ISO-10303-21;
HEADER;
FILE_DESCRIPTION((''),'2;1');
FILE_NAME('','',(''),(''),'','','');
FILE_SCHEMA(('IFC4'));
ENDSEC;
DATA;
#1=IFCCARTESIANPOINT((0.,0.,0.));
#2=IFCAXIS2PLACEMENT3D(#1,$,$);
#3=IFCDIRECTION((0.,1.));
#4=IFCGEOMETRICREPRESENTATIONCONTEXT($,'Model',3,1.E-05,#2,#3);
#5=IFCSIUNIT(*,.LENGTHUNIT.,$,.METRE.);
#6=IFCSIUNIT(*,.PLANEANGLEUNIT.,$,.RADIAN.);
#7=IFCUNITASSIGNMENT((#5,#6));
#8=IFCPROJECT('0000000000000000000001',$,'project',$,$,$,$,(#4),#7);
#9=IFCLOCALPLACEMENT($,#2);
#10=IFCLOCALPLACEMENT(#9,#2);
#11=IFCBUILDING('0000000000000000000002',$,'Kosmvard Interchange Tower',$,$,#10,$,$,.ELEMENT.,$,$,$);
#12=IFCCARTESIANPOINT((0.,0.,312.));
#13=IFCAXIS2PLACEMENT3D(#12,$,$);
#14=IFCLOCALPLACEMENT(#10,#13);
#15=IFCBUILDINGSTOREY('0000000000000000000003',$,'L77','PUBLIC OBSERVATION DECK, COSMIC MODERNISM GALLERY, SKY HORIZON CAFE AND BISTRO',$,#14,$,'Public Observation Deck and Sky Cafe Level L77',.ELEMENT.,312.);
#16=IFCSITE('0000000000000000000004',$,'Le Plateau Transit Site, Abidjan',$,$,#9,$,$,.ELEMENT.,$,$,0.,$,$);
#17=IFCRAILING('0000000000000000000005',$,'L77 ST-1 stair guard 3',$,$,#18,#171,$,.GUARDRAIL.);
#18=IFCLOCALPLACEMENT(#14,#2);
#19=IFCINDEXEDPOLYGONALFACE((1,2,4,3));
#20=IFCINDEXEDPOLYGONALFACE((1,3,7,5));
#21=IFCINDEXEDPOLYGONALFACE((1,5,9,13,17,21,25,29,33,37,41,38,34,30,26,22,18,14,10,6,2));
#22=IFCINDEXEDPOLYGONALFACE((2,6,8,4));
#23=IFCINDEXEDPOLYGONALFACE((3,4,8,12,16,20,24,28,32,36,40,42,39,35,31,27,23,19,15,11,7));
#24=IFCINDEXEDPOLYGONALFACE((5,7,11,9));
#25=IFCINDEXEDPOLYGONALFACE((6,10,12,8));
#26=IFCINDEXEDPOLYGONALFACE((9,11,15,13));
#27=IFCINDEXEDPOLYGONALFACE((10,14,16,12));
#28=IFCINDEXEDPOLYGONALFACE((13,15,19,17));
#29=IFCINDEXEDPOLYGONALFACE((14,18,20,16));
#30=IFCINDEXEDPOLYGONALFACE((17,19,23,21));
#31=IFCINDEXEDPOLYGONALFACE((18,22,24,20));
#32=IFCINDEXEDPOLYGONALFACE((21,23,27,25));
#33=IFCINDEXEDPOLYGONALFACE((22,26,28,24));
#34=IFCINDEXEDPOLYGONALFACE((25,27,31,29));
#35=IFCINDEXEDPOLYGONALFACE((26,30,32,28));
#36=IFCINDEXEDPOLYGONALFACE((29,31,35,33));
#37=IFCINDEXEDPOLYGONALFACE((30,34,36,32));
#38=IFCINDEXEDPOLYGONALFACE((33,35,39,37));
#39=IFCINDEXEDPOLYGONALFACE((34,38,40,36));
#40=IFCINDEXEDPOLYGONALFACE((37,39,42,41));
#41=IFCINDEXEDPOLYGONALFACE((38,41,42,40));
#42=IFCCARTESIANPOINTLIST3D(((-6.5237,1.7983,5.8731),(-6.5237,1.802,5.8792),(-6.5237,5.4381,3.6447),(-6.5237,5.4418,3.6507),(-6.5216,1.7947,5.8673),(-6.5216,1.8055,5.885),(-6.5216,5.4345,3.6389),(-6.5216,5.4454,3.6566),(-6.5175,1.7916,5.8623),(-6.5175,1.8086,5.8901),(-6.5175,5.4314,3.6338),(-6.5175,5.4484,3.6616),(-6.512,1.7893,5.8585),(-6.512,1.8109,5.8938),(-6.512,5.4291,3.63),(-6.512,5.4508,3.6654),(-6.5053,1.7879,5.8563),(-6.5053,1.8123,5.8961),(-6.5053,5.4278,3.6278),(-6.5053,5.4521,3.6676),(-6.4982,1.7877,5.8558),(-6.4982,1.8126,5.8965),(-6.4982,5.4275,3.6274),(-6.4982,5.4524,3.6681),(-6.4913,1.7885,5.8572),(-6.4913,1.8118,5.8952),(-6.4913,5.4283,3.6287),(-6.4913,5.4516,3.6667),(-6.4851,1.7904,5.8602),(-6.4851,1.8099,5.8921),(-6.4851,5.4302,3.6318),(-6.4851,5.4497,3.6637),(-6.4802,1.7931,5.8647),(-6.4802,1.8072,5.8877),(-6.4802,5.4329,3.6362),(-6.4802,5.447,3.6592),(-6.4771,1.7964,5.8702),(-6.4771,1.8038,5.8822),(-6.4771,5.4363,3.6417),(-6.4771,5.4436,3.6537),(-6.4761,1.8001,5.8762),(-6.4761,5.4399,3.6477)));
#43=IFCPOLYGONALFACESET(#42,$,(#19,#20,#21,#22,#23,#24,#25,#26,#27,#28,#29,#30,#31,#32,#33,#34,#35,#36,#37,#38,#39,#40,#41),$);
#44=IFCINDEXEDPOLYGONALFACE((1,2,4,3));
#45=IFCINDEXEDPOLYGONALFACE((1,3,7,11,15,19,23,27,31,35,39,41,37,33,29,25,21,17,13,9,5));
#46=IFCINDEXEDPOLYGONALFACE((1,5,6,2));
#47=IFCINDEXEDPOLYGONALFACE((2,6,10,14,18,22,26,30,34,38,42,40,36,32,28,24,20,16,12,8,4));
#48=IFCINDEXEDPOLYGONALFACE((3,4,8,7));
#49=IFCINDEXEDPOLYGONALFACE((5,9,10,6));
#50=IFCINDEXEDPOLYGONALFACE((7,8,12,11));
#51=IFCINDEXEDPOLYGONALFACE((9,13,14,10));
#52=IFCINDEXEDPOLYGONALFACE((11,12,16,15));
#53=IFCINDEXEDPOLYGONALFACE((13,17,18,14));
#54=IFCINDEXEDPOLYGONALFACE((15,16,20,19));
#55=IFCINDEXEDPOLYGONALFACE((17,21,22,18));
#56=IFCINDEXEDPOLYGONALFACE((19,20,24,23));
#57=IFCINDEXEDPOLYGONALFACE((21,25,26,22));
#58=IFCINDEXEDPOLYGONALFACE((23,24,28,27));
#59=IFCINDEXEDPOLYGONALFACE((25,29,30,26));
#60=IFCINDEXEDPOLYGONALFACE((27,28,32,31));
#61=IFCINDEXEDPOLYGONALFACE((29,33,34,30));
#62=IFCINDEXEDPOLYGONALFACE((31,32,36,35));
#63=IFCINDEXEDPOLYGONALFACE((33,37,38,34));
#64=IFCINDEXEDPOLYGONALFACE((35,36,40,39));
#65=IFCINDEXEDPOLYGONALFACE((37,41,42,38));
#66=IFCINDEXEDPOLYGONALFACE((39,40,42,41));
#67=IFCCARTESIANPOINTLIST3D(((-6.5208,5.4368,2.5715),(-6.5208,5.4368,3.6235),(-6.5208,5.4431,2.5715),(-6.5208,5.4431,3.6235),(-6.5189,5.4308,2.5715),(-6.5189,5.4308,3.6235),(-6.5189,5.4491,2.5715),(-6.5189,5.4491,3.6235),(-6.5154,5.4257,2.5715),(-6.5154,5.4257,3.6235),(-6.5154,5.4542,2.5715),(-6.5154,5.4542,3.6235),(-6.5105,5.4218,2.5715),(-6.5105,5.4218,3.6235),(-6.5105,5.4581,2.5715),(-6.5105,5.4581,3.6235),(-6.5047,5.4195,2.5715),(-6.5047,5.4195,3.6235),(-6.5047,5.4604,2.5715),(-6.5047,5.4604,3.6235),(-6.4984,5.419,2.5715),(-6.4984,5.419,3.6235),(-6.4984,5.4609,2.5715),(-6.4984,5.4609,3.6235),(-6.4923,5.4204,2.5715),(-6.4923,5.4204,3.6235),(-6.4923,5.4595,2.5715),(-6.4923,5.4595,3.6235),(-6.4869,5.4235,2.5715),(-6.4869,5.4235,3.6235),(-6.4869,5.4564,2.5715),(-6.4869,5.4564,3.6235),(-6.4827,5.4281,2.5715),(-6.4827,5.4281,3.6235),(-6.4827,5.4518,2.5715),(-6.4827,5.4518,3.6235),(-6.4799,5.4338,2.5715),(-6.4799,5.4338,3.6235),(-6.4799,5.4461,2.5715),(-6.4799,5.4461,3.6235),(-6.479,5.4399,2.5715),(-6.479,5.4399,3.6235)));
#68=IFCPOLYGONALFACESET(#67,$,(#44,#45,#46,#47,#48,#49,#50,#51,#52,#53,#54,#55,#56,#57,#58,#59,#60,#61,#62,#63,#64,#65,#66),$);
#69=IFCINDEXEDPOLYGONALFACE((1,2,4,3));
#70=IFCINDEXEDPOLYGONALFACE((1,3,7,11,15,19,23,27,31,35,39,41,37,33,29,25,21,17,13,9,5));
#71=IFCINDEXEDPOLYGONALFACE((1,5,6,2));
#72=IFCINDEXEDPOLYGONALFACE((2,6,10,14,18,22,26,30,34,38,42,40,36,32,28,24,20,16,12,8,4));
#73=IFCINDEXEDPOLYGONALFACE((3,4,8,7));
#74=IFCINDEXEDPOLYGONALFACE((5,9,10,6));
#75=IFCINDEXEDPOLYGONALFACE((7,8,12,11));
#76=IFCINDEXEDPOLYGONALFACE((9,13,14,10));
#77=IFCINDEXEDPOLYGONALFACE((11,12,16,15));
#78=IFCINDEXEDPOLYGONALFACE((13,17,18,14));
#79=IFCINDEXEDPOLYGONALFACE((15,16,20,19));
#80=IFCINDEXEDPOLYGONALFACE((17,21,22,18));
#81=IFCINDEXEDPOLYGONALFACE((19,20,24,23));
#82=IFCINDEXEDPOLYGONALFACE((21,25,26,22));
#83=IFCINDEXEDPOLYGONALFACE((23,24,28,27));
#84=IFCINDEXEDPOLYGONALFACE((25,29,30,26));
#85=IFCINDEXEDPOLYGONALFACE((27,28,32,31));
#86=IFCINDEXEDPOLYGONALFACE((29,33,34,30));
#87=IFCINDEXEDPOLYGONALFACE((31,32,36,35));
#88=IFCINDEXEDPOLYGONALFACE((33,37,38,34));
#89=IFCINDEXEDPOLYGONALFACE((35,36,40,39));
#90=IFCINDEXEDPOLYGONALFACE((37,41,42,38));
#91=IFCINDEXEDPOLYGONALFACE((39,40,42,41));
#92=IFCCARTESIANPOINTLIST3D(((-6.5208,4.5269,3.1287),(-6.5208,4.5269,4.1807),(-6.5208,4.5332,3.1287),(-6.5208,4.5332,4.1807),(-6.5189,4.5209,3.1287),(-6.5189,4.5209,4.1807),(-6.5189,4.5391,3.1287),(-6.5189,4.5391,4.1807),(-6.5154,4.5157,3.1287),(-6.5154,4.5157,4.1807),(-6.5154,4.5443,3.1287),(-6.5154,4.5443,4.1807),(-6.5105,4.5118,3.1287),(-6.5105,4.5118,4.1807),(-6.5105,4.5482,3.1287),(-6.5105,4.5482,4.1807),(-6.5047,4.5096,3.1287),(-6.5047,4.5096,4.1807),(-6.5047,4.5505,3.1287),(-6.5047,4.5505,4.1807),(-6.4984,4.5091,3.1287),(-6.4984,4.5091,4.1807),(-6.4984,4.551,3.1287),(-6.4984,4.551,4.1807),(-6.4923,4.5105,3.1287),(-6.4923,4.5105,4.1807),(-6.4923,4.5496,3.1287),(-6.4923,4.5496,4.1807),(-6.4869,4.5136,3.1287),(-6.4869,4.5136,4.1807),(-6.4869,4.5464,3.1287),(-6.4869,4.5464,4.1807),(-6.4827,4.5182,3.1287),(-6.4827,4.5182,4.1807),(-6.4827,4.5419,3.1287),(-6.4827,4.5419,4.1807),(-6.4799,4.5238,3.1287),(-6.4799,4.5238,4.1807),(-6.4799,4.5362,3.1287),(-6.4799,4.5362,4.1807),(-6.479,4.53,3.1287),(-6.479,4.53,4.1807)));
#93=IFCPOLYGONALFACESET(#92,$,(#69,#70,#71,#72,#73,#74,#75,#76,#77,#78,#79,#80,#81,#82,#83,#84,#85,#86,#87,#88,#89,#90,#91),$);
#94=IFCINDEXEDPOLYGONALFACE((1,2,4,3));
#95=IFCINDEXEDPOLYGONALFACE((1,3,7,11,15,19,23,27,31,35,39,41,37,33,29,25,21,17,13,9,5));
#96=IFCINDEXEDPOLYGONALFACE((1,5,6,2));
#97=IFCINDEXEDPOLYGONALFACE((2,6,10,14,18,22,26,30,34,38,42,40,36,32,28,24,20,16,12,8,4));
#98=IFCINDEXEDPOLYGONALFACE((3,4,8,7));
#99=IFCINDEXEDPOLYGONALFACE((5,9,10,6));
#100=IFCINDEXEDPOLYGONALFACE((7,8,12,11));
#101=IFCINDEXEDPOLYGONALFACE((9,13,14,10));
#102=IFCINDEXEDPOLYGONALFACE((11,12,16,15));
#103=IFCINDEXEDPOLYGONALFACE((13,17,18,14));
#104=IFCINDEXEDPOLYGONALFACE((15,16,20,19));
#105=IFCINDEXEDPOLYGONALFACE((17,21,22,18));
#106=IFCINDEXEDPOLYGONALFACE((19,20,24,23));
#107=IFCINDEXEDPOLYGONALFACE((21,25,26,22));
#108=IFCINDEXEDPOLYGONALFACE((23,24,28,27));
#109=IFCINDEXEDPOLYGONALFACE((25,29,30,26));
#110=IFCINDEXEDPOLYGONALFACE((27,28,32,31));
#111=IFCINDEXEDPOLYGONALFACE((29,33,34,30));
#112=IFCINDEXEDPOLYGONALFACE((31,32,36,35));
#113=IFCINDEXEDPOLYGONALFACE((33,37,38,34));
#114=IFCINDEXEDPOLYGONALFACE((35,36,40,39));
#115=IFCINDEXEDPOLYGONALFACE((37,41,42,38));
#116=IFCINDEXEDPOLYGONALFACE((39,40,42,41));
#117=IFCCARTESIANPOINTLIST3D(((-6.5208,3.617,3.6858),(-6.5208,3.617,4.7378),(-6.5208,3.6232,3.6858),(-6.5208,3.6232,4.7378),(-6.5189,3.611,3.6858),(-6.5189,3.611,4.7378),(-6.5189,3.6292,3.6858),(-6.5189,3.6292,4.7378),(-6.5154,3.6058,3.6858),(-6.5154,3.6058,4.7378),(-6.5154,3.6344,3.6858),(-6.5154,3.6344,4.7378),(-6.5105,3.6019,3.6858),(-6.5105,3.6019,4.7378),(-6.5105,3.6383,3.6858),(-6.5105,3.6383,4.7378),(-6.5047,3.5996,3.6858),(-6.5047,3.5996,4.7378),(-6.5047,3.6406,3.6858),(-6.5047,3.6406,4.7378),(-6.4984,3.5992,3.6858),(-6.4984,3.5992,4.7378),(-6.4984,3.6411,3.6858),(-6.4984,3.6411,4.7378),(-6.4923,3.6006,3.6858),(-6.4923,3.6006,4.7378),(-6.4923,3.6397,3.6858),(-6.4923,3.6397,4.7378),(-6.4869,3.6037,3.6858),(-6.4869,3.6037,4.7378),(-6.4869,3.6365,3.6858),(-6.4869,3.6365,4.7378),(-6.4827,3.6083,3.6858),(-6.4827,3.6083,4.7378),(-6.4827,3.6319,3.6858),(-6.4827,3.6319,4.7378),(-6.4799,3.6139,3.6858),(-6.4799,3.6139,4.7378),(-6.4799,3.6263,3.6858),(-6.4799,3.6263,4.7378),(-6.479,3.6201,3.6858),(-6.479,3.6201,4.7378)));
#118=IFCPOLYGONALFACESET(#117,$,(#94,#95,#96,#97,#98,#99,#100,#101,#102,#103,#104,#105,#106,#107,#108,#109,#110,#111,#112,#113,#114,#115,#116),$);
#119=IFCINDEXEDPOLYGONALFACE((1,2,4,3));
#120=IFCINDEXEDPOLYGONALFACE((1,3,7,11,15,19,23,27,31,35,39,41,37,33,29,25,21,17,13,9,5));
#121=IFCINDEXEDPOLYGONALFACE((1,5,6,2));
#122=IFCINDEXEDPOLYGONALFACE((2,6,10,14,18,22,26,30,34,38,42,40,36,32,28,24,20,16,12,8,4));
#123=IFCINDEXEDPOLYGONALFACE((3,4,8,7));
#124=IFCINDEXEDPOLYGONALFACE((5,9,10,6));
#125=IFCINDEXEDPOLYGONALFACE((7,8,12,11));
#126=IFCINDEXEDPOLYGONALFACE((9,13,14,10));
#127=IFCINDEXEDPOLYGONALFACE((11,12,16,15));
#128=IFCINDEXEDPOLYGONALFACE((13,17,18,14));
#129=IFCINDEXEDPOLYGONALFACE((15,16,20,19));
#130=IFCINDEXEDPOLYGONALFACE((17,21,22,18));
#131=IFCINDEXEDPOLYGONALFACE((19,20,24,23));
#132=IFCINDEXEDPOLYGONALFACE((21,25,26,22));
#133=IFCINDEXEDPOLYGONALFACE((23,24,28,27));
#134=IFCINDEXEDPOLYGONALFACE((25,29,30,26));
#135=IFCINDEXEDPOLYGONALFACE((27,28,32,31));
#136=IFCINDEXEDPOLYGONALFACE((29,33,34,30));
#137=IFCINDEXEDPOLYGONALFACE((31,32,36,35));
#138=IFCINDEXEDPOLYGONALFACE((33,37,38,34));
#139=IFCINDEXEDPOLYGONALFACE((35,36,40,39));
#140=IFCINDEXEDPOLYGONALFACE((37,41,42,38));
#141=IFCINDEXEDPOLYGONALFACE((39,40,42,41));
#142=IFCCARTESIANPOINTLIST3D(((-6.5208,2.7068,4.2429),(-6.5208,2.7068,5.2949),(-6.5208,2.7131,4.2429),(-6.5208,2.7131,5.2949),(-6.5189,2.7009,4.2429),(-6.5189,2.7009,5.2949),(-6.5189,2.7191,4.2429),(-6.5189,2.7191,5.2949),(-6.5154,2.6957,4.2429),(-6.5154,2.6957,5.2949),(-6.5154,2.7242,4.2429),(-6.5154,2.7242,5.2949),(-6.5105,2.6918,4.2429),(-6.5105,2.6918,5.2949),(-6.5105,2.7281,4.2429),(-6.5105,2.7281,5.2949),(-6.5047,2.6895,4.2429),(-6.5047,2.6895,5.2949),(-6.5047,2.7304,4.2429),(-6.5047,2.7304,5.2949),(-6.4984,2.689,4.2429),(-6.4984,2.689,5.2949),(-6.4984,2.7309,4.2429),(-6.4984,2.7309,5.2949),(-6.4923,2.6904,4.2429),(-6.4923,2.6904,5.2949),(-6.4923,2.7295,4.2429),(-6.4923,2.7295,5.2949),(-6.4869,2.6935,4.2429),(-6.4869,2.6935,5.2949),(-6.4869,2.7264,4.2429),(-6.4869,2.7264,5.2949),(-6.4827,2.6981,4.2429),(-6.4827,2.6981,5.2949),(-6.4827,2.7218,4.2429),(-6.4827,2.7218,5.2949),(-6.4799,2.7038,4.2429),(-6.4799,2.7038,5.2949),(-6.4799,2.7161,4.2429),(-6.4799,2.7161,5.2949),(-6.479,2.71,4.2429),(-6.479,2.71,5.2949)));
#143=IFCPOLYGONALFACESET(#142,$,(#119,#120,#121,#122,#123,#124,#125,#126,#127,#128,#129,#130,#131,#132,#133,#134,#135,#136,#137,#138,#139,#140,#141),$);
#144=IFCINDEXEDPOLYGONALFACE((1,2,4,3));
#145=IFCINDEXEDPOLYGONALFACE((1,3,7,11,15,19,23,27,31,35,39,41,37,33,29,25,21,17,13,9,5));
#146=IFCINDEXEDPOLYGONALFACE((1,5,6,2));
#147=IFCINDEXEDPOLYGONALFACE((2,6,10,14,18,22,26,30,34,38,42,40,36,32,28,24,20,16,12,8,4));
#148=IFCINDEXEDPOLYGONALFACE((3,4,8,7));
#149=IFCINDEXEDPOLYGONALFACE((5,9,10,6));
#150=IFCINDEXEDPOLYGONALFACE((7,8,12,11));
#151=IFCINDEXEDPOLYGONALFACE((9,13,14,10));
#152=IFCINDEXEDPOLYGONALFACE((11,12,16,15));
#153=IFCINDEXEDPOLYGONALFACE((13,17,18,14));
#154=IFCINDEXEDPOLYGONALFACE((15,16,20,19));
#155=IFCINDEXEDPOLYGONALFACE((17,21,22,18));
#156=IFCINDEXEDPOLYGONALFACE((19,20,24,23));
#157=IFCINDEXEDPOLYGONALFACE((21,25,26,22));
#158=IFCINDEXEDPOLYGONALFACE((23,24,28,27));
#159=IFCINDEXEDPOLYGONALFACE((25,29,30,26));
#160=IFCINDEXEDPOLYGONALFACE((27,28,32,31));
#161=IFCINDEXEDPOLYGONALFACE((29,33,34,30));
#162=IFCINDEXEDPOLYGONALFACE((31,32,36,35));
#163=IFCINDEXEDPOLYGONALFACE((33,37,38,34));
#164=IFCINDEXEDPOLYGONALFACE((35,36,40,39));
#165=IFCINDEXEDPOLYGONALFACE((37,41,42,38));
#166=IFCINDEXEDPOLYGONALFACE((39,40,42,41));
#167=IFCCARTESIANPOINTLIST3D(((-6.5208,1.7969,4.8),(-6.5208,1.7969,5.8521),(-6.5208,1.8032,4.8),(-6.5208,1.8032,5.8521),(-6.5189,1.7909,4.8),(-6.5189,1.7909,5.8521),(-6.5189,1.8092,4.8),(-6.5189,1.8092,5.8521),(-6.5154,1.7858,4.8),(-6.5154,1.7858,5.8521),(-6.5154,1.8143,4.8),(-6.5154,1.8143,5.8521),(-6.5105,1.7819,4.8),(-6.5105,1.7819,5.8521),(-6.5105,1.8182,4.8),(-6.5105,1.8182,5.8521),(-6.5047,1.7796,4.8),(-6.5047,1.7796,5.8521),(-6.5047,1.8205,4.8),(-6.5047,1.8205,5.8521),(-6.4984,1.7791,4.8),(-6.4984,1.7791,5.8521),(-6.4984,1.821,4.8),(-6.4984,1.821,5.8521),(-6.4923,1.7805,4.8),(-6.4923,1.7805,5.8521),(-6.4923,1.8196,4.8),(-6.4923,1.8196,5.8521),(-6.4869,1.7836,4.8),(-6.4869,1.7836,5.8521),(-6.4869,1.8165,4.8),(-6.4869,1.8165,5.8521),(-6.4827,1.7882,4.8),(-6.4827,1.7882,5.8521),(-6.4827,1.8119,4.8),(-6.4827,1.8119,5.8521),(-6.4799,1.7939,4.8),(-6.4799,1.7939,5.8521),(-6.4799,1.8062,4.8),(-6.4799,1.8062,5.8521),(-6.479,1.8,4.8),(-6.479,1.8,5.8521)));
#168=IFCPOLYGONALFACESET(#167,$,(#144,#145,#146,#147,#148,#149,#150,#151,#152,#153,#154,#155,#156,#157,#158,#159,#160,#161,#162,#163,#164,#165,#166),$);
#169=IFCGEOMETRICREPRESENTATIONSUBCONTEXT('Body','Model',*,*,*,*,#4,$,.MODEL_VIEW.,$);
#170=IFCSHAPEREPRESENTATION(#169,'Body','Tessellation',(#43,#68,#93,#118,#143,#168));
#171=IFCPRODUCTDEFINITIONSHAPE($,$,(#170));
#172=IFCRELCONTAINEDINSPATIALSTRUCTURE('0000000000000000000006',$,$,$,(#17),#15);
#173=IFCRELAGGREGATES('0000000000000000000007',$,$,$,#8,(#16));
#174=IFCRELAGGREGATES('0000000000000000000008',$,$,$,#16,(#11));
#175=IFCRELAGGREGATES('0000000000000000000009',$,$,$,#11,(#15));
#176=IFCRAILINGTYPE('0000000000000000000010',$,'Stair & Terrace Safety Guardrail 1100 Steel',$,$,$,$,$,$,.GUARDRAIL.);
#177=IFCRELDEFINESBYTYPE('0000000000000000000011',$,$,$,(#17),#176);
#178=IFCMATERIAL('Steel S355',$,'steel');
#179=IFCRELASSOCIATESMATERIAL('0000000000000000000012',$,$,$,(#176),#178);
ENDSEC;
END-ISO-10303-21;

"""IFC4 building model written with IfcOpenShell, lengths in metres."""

from ifc_helpers import new_model, si_unit, direction, frame, origin, origin_2d, place, context, subcontext, project, spatial, circle, extrude, source, transform, mapped, material, type_object, element, save


model = new_model("IFC4")

# Units and contexts
model_context = context("Model", 3, precision=1e-05, world=origin(), true_north=direction((0.0, 1.0)))
body_context = subcontext(model_context, "Body", "Model", "MODEL_VIEW")
ifc_project = project(units=[si_unit("LENGTHUNIT", "METRE"), si_unit("PLANEANGLEUNIT", "RADIAN")], contexts=[model_context])

# Site, building, storey
site_placement = place(None, origin())
site = spatial("IfcSite", under=ifc_project, at=site_placement, Name="Le Plateau Transit Site, Abidjan", CompositionType="ELEMENT", RefElevation=0.0)
building_placement = place(site_placement, origin())
building = spatial("IfcBuilding", under=site, at=building_placement, Name="Kosmvard Interchange Tower", CompositionType="ELEMENT")
storey_placement = place(building_placement, frame((0.0, 0.0, 312.0)))
storey = spatial("IfcBuildingStorey", under=building, at=storey_placement, Name="L77", Description="PUBLIC OBSERVATION DECK, COSMIC MODERNISM GALLERY, SKY HORIZON CAFE AND BISTRO", LongName="Public Observation Deck and Sky Cafe Level L77", CompositionType="ELEMENT", Elevation=312.0)

# Shared definitions
ifc_material_1 = material(Name="Steel S355", Category="steel")

# Railing
railing_type_1 = type_object("IfcRailingType", Name="Stair & Terrace Safety Guardrail 1100 Steel", PredefinedType="GUARDRAIL", material=ifc_material_1)
shared_shape_1 = source(origin(), body_context, "Body", "SweptSolid", [
    extrude(circle(Radius=0.0239, at=origin_2d()), frame((0.0, 0.0, 1.0762), z_axis=(0.0, -0.85285, 0.522156), x_axis=(1.0, 0.0, 0.0)), (0.0, 0.0, 1.0), 4.2678),
    extrude(circle(Radius=0.021, at=origin_2d()), origin(), (0.0, 0.0, 1.0), 1.052),
    extrude(circle(Radius=0.021, at=origin_2d()), frame((0.0, -0.9099, 0.5571)), (0.0, 0.0, 1.0), 1.052),
    extrude(circle(Radius=0.021, at=origin_2d()), frame((0.0, -1.8198, 1.1143)), (0.0, 0.0, 1.0), 1.052),
    extrude(circle(Radius=0.021, at=origin_2d()), frame((0.0, -2.73, 1.6714)), (0.0, 0.0, 1.0), 1.052),
    extrude(circle(Radius=0.021, at=origin_2d()), frame((0.0, -3.6399, 2.2285)), (0.0, 0.0, 1.0), 1.052),
])
railing_1_placement = place(storey_placement, frame((-6.5, 5.4399, 2.5715)))
element("IfcRailing", 1, at=railing_1_placement, inside=storey, type_object=railing_type_1, Name="L77 ST-1 stair guard 3", PredefinedType="GUARDRAIL", context=body_context, shape_type="MappedRepresentation", body=[
    mapped(shared_shape_1, transform((0.0, 0.0, 0.0), scale=1.0)),
])

save(model, "model.ifc")
